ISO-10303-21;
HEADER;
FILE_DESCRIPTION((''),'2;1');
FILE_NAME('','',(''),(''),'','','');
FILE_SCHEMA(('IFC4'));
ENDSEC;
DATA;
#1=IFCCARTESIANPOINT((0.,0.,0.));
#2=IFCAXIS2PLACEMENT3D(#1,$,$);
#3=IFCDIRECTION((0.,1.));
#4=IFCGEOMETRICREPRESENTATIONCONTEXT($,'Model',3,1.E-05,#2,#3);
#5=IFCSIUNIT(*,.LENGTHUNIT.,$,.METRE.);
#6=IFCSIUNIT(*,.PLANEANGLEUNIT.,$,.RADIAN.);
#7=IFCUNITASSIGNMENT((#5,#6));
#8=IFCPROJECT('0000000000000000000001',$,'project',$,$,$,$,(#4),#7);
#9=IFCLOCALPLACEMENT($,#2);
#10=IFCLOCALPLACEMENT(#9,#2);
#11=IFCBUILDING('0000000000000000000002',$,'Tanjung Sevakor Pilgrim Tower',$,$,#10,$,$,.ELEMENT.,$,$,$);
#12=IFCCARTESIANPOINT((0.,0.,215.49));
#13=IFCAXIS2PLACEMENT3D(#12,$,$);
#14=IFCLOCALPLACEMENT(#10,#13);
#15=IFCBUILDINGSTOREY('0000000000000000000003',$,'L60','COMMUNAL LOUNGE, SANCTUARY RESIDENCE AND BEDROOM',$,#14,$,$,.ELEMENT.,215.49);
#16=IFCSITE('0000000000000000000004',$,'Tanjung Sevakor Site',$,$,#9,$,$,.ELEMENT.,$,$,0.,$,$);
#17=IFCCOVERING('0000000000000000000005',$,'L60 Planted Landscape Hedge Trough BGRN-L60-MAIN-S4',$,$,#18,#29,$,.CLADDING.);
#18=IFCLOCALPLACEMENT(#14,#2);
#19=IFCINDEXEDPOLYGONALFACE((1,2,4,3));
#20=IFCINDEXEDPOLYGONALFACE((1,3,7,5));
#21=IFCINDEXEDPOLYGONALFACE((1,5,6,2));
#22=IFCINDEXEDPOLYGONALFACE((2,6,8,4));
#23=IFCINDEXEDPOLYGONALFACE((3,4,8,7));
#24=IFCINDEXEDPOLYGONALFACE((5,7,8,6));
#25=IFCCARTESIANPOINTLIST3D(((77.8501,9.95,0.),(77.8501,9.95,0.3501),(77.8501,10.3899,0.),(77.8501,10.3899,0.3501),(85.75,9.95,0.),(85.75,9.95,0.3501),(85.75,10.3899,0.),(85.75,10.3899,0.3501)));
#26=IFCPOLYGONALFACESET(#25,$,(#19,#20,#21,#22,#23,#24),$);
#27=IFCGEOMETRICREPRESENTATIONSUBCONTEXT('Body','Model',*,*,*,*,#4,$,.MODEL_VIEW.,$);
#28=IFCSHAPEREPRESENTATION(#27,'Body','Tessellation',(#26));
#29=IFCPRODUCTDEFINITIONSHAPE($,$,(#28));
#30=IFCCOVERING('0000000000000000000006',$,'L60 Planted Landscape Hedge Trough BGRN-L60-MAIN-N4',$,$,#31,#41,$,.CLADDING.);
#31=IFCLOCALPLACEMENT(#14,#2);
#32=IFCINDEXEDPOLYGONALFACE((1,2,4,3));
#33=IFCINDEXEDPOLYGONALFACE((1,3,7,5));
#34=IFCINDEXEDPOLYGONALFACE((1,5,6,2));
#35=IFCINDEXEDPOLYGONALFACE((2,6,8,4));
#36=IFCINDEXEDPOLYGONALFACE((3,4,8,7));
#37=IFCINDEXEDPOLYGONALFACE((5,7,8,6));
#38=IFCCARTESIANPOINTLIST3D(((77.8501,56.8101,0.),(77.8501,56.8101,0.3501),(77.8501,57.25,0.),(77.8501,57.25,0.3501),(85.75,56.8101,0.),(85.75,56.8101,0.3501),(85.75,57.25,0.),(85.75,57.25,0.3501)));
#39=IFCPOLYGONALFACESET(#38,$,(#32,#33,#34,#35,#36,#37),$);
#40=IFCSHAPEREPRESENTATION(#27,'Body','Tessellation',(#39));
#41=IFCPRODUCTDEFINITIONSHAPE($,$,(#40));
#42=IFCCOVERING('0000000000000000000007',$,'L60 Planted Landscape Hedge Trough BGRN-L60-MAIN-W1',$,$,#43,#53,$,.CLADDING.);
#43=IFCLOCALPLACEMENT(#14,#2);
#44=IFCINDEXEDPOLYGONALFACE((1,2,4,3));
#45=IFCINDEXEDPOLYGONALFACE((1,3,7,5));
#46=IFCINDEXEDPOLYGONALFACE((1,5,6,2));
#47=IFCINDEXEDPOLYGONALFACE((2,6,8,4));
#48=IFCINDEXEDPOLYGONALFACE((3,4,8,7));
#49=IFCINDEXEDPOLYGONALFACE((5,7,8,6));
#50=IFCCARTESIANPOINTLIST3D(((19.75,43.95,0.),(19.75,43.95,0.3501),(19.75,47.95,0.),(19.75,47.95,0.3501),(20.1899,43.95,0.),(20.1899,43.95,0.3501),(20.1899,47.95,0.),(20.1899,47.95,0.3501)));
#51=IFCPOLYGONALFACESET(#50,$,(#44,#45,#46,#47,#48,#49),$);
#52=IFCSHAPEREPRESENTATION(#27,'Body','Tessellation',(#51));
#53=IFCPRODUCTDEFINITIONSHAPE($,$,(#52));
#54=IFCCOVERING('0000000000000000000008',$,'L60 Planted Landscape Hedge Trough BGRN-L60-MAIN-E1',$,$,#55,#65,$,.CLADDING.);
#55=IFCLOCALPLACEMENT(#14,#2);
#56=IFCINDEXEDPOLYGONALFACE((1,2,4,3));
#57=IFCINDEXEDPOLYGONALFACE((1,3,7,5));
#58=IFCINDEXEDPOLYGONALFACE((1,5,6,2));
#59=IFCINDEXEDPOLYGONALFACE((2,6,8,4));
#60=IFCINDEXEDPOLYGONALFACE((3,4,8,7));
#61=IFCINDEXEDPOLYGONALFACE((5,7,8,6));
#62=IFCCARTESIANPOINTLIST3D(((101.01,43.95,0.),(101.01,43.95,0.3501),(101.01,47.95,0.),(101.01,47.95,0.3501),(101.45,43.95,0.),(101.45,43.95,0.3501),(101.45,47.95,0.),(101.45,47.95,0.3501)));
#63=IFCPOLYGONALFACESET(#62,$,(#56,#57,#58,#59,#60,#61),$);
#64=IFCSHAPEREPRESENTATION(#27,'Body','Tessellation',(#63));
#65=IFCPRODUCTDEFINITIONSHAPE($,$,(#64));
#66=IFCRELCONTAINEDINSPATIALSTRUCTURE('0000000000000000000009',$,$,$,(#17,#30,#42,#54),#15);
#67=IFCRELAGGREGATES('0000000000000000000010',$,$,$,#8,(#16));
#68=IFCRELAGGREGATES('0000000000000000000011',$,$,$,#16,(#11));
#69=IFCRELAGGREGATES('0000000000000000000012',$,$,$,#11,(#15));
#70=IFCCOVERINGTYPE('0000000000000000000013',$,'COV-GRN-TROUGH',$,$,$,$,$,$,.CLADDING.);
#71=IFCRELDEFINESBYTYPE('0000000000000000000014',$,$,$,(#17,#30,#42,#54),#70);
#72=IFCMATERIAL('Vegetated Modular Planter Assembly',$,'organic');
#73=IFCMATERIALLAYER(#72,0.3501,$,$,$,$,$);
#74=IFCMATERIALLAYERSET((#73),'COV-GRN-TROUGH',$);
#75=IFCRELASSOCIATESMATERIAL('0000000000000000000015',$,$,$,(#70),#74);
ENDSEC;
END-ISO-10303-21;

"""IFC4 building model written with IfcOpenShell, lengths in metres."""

from ifc_helpers import new_model, si_unit, direction, frame, origin, place, context, subcontext, project, spatial, polyline, outline, extrude, material, layer, layer_set, type_object, element, save


model = new_model("IFC4")

# Units and contexts
model_context = context("Model", 3, precision=1e-05, world=origin(), true_north=direction((0.0, 1.0)))
body_context = subcontext(model_context, "Body", "Model", "MODEL_VIEW")
ifc_project = project(units=[si_unit("LENGTHUNIT", "METRE"), si_unit("PLANEANGLEUNIT", "RADIAN")], contexts=[model_context])

# Site, building, storey
site_placement = place(None, origin())
site = spatial("IfcSite", under=ifc_project, at=site_placement, Name="Tanjung Sevakor Site", CompositionType="ELEMENT", RefElevation=0.0)
building_placement = place(site_placement, origin())
building = spatial("IfcBuilding", under=site, at=building_placement, Name="Tanjung Sevakor Pilgrim Tower", CompositionType="ELEMENT")
storey_placement = place(building_placement, frame((0.0, 0.0, 215.49)))
storey = spatial("IfcBuildingStorey", under=building, at=storey_placement, Name="L60", Description="COMMUNAL LOUNGE, SANCTUARY RESIDENCE AND BEDROOM", CompositionType="ELEMENT", Elevation=215.49)

# Coverings
ifc_material_1 = material(Name="Vegetated Modular Planter Assembly", Category="organic")
ifc_layer_1 = layer(ifc_material_1, 0.3501)
ifc_layer_set_1 = layer_set([ifc_layer_1], Name="COV-GRN-TROUGH")
covering_type = type_object("IfcCoveringType", Name="COV-GRN-TROUGH", PredefinedType="CLADDING", material=ifc_layer_set_1)
covering_1_placement = place(storey_placement, origin())
element("IfcCovering", 1, at=covering_1_placement, inside=storey, type_object=covering_type, Name="L60 Planted Landscape Hedge Trough BGRN-L60-MAIN-S4", PredefinedType="CLADDING", context=body_context, shape_type="SweptSolid", body=[
    extrude(outline(polyline([(77.8501, 9.95), (85.75, 9.95), (85.75, 10.3899), (77.8501, 10.3899), (77.8501, 9.95)])), origin(), (0.0, 0.0, 1.0), 0.3501),
])
covering_2_placement = place(storey_placement, origin())
element("IfcCovering", 2, at=covering_2_placement, inside=storey, type_object=covering_type, Name="L60 Planted Landscape Hedge Trough BGRN-L60-MAIN-N4", PredefinedType="CLADDING", context=body_context, shape_type="SweptSolid", body=[
    extrude(outline(polyline([(77.8501, 56.8101), (85.75, 56.8101), (85.75, 57.25), (77.8501, 57.25), (77.8501, 56.8101)])), origin(), (0.0, 0.0, 1.0), 0.3501),
])
covering_3_placement = place(storey_placement, origin())
element("IfcCovering", 3, at=covering_3_placement, inside=storey, type_object=covering_type, Name="L60 Planted Landscape Hedge Trough BGRN-L60-MAIN-W1", PredefinedType="CLADDING", context=body_context, shape_type="SweptSolid", body=[
    extrude(outline(polyline([(20.1899, 43.95), (20.1899, 47.95), (19.75, 47.95), (19.75, 43.95), (20.1899, 43.95)])), origin(), (0.0, 0.0, 1.0), 0.3501),
])
covering_4_placement = place(storey_placement, origin())
element("IfcCovering", 4, at=covering_4_placement, inside=storey, type_object=covering_type, Name="L60 Planted Landscape Hedge Trough BGRN-L60-MAIN-E1", PredefinedType="CLADDING", context=body_context, shape_type="SweptSolid", body=[
    extrude(outline(polyline([(101.45, 43.95), (101.45, 47.95), (101.01, 47.95), (101.01, 43.95), (101.45, 43.95)])), origin(), (0.0, 0.0, 1.0), 0.3501),
])

save(model, "model.ifc")
